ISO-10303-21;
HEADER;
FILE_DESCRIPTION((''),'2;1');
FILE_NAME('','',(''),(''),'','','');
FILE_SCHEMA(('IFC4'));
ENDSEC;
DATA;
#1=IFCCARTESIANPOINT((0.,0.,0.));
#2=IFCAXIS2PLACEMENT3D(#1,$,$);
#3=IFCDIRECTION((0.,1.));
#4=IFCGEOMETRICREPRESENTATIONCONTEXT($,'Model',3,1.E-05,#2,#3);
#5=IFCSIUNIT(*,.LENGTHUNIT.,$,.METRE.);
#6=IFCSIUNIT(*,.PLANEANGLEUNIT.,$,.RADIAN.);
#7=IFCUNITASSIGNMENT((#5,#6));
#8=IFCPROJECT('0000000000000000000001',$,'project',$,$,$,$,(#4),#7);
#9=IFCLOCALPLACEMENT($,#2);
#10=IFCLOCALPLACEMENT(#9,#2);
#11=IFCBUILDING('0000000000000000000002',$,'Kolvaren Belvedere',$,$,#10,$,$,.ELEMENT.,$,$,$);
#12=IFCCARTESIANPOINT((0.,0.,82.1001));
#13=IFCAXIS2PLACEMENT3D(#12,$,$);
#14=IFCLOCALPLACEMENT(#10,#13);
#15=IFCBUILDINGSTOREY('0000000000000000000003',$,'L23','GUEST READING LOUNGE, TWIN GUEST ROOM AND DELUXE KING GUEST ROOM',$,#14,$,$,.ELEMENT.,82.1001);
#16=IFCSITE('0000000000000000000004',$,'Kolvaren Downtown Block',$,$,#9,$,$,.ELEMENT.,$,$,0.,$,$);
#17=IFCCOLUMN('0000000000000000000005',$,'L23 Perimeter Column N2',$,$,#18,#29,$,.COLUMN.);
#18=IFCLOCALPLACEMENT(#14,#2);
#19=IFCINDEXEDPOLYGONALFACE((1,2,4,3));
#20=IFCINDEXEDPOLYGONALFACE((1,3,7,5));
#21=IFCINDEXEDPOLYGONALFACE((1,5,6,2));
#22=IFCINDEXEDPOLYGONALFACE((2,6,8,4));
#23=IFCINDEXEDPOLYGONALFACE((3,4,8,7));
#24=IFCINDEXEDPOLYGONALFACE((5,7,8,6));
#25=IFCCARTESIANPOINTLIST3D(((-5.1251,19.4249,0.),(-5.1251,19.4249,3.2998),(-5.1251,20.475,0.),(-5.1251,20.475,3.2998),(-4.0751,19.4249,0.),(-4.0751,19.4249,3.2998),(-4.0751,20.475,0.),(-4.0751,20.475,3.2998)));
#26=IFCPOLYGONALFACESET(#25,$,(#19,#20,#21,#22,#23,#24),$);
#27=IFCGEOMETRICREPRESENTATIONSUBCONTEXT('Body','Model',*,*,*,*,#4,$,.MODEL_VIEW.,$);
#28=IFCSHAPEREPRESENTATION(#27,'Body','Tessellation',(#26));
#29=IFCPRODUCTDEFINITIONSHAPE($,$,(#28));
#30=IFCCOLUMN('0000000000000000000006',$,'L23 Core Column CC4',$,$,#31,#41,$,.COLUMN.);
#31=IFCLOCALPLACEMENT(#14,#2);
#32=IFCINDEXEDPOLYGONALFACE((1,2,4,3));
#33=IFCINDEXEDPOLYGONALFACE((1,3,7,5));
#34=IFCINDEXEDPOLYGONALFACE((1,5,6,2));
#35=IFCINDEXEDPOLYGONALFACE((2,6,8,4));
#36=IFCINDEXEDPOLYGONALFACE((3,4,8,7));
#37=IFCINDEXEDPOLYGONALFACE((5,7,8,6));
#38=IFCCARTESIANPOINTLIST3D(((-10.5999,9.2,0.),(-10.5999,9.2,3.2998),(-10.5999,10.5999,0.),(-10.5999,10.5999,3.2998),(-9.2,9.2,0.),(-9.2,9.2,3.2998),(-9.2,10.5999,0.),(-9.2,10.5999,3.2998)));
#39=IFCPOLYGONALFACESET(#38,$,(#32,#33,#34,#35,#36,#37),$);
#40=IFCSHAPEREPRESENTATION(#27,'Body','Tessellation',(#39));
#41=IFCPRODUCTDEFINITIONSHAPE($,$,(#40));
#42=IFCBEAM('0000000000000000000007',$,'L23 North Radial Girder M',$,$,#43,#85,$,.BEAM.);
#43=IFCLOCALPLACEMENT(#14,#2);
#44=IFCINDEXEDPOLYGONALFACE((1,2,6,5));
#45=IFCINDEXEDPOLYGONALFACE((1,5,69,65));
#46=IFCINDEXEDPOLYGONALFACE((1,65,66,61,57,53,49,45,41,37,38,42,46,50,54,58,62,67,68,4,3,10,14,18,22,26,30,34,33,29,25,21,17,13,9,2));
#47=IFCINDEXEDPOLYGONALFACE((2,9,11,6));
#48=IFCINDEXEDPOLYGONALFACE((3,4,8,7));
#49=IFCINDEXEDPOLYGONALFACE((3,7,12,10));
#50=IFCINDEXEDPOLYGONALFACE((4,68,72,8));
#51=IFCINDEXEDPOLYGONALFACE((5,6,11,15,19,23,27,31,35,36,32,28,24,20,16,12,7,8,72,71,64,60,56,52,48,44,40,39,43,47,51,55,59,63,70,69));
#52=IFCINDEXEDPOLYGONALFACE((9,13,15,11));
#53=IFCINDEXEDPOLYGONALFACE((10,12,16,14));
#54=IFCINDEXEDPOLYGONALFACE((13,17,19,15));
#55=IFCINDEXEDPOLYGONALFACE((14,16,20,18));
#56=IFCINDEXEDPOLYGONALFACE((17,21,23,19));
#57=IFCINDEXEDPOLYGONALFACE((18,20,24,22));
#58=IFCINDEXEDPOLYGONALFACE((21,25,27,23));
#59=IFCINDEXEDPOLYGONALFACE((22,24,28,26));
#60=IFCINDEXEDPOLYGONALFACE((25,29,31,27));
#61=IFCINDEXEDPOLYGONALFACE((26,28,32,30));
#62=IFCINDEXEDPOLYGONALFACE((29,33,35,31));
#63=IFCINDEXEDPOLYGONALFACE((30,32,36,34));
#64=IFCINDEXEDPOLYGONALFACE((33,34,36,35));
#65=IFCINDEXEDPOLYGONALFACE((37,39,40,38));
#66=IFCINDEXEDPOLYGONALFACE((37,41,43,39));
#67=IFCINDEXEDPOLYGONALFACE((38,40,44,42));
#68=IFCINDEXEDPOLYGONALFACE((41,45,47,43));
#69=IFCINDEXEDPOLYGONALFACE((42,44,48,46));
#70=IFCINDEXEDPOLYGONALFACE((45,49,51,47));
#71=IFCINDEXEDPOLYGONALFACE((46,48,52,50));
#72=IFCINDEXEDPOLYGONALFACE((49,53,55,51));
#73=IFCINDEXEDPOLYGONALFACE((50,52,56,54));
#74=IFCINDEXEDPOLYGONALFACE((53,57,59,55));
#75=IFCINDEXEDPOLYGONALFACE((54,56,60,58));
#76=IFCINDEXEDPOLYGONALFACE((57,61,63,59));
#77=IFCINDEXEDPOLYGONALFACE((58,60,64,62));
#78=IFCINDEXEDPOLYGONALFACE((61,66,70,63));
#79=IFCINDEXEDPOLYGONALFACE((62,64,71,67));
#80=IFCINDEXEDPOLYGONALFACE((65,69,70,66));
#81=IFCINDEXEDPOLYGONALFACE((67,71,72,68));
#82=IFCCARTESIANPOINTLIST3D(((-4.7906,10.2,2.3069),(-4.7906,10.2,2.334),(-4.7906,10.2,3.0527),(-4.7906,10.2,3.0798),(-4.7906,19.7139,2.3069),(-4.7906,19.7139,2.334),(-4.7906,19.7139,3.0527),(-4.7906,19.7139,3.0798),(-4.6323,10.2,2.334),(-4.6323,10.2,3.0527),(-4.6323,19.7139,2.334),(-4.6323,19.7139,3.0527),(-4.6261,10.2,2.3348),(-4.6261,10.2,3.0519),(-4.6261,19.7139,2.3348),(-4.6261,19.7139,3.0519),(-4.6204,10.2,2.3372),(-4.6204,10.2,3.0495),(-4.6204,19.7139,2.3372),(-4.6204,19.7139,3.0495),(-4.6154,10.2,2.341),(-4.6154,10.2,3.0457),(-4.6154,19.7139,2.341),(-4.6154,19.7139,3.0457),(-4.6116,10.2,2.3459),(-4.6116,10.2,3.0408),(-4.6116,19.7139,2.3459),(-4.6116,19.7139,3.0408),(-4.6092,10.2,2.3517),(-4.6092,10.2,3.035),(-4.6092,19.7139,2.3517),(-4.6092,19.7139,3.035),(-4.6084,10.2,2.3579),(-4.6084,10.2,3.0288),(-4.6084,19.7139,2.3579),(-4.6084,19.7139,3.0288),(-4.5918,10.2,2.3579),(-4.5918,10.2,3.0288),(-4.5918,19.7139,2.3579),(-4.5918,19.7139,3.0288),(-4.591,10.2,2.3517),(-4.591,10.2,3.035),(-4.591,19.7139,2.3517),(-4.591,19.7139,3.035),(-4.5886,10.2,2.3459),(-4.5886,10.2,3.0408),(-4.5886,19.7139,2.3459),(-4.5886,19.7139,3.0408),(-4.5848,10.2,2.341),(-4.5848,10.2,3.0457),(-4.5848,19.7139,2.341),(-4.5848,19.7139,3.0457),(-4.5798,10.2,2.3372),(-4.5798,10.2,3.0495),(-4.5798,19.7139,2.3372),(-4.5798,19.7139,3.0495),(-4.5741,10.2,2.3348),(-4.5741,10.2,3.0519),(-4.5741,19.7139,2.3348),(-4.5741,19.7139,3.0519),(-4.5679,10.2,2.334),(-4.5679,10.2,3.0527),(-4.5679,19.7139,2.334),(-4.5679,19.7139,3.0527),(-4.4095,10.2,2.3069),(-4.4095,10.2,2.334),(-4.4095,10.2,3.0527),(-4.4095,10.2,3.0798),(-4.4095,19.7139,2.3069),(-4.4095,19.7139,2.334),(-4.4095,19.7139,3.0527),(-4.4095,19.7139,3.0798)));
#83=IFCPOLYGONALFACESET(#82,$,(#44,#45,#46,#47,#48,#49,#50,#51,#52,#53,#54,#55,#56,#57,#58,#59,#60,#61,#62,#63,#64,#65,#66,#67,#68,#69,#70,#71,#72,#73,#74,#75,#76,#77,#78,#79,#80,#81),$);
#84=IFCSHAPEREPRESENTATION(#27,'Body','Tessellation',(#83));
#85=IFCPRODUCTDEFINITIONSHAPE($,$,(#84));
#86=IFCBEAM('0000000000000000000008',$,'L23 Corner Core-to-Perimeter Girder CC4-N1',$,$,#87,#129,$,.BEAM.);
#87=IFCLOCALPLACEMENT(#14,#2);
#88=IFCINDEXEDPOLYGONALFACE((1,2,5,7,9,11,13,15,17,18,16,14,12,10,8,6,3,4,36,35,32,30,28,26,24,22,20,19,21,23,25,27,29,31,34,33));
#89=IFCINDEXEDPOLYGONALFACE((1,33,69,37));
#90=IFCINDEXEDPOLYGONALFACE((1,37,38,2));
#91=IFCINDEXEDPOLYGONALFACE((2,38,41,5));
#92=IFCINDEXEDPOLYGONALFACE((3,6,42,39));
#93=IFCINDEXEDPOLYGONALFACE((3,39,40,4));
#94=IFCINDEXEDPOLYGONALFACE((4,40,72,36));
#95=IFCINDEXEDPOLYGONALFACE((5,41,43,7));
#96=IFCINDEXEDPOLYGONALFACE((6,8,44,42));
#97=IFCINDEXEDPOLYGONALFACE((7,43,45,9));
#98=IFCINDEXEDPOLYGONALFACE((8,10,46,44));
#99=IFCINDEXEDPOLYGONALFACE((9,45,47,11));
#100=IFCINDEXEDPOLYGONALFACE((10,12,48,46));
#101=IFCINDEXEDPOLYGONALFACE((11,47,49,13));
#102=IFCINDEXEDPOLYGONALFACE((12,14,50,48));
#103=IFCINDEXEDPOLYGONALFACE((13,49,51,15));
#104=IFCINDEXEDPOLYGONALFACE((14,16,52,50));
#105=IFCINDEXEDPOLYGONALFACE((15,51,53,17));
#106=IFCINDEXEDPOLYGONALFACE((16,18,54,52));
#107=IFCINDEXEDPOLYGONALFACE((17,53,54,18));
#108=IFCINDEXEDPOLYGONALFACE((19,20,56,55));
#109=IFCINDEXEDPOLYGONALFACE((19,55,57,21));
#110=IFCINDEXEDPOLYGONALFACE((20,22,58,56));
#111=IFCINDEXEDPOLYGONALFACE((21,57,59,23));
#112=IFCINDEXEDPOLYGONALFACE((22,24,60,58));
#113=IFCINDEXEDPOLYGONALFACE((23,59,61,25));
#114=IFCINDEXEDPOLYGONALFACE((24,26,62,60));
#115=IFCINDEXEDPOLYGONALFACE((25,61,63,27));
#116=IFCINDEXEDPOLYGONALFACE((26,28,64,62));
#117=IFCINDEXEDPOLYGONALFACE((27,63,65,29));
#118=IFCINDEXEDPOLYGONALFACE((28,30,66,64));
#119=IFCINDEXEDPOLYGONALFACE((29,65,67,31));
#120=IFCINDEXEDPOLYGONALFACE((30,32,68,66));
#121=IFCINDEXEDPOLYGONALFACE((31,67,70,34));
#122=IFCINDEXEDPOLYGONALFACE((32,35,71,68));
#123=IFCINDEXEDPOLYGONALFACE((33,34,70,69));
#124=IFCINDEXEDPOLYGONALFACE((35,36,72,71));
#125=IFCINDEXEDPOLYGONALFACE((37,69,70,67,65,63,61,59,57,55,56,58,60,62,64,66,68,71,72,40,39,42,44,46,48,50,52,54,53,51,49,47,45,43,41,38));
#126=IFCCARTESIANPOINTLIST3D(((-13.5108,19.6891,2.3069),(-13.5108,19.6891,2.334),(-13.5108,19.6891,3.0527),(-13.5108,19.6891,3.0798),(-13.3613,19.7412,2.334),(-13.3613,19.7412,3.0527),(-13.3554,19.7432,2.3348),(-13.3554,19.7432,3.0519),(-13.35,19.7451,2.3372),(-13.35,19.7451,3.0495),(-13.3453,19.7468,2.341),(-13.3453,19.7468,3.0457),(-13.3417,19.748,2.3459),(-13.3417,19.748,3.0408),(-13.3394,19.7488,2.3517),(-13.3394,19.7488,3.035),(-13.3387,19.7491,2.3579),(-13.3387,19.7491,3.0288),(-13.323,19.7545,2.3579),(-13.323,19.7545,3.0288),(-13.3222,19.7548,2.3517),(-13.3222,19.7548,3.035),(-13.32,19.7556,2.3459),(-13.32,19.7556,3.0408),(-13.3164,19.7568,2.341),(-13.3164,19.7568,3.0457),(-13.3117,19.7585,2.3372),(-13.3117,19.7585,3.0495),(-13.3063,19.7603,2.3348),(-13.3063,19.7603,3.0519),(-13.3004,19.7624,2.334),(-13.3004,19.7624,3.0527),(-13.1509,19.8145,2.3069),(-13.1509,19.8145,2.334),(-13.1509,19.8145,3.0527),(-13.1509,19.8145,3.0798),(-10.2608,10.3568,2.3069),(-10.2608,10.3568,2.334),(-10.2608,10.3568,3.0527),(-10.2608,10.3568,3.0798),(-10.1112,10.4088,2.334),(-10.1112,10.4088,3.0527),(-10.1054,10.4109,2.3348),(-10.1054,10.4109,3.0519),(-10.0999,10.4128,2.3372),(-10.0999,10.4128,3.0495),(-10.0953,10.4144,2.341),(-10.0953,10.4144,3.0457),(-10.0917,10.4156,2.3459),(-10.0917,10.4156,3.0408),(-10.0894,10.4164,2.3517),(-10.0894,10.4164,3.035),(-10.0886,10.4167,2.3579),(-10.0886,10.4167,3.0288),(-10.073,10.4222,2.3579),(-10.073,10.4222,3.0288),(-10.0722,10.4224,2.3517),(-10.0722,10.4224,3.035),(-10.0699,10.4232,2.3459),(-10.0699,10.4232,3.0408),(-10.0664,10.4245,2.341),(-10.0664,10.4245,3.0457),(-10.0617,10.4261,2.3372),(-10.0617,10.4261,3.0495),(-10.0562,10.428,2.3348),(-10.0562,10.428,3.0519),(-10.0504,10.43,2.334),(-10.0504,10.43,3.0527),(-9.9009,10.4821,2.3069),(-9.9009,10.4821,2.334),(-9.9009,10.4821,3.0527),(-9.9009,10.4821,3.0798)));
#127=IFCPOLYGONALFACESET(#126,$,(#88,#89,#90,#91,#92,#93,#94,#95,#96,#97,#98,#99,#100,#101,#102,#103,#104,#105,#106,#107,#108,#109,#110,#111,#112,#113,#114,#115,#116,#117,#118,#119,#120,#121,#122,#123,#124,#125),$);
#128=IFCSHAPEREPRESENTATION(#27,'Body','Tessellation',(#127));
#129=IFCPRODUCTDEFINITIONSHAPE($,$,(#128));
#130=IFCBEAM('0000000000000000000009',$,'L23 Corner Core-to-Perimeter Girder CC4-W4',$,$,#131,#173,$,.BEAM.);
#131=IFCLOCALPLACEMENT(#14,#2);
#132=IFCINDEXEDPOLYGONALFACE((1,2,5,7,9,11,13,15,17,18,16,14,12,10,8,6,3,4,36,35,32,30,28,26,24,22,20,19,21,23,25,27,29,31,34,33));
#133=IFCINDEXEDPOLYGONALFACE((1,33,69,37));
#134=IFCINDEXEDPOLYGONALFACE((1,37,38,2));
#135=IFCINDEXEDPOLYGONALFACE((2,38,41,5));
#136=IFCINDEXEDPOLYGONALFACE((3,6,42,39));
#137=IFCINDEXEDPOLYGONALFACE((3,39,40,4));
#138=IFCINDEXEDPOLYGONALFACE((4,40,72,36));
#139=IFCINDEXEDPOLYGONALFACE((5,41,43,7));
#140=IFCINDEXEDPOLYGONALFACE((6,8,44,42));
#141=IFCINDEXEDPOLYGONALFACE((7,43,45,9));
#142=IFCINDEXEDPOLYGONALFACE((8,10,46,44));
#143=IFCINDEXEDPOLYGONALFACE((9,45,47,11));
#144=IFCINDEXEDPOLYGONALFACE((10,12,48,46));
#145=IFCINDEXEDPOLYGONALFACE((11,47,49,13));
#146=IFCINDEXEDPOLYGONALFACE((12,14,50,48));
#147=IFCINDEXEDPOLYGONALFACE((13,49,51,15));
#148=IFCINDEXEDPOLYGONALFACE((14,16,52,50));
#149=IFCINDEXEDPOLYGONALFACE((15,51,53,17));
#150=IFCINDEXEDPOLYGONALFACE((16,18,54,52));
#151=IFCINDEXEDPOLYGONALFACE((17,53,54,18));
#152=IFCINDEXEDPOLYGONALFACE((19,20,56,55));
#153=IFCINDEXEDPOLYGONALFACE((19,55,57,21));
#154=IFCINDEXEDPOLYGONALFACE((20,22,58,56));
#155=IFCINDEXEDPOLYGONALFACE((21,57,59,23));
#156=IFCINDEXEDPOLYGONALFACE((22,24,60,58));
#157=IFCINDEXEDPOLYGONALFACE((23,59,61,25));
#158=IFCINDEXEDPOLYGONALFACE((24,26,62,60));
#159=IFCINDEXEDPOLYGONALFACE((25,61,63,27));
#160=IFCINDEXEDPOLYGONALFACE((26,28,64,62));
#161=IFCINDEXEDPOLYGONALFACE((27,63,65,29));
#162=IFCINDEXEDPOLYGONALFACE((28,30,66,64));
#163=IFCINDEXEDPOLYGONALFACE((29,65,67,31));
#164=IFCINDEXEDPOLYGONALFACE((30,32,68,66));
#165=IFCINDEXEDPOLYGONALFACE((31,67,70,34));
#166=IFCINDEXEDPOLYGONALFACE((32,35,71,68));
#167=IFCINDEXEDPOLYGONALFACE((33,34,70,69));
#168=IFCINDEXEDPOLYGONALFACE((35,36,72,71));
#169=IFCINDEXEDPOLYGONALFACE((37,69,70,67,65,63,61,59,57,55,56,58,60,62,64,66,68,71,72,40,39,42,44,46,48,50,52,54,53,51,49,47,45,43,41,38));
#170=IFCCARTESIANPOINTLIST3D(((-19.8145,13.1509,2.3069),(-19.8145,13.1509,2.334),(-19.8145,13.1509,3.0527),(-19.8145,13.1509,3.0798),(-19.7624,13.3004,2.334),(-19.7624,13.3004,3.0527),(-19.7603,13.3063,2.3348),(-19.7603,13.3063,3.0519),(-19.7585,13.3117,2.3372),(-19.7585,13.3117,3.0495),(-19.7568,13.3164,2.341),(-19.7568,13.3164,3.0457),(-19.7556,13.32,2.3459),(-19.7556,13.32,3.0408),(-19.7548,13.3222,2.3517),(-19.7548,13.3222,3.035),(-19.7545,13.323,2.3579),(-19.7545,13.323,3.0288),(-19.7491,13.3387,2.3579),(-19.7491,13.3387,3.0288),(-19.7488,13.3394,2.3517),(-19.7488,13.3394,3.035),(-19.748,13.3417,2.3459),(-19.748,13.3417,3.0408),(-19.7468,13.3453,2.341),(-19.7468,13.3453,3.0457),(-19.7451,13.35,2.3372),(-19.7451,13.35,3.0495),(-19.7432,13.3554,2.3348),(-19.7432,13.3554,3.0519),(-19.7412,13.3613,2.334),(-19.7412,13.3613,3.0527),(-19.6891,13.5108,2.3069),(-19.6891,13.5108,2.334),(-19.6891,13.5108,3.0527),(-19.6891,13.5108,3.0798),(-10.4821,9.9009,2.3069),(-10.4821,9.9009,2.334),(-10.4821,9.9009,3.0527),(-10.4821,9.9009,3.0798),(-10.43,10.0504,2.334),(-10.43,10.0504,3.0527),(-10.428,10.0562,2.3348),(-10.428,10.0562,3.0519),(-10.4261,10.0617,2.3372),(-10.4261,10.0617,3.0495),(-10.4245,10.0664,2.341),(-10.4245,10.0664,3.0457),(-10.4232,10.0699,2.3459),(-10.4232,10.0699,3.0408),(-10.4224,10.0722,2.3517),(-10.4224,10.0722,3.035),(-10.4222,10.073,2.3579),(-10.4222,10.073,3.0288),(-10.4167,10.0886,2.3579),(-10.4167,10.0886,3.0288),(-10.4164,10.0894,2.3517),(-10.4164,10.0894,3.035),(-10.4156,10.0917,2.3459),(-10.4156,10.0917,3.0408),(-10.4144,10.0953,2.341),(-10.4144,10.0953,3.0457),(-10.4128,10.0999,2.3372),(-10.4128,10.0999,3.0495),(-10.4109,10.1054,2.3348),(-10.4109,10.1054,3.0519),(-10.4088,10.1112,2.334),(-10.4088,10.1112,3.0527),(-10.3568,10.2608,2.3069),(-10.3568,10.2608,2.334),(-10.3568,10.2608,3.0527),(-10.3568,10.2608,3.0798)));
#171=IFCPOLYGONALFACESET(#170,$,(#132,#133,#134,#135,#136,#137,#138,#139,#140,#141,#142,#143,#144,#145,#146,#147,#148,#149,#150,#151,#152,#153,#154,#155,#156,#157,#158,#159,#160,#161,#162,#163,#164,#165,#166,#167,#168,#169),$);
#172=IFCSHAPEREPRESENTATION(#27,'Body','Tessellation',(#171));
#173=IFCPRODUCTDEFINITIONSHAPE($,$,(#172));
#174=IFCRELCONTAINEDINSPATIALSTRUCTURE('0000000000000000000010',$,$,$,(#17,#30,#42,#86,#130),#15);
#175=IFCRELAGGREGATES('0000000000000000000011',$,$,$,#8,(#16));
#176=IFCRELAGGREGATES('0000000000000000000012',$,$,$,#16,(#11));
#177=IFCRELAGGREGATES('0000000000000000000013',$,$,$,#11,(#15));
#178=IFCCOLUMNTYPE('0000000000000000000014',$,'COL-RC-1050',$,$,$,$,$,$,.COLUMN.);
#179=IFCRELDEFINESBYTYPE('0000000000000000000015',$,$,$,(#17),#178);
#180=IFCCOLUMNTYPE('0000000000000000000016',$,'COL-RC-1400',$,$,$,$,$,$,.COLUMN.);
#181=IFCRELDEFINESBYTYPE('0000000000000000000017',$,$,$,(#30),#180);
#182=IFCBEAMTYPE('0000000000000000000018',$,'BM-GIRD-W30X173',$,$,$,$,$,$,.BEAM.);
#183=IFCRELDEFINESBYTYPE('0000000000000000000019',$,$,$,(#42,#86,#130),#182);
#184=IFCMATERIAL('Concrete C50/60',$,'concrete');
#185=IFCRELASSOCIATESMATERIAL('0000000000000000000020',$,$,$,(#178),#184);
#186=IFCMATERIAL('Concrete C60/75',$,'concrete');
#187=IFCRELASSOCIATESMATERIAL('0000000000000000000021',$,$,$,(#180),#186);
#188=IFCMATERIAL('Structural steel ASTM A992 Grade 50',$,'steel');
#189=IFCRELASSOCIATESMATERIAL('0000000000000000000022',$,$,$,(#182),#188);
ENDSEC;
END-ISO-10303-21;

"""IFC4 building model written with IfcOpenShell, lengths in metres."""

from ifc_helpers import new_model, si_unit, direction, frame, origin, origin_2d, place, context, subcontext, project, spatial, rectangle, i_section, extrude, material, material_profile, profile_set, type_object, element, save


model = new_model("IFC4")

# Units and contexts
model_context = context("Model", 3, precision=1e-05, world=origin(), true_north=direction((0.0, 1.0)))
body_context = subcontext(model_context, "Body", "Model", "MODEL_VIEW")
ifc_project = project(units=[si_unit("LENGTHUNIT", "METRE"), si_unit("PLANEANGLEUNIT", "RADIAN")], contexts=[model_context])

# Site, building, storey
site_placement = place(None, origin())
site = spatial("IfcSite", under=ifc_project, at=site_placement, Name="Kolvaren Downtown Block", CompositionType="ELEMENT", RefElevation=0.0)
building_placement = place(site_placement, origin())
building = spatial("IfcBuilding", under=site, at=building_placement, Name="Kolvaren Belvedere", CompositionType="ELEMENT")
storey_placement = place(building_placement, frame((0.0, 0.0, 82.1001)))
storey = spatial("IfcBuildingStorey", under=building, at=storey_placement, Name="L23", Description="GUEST READING LOUNGE, TWIN GUEST ROOM AND DELUXE KING GUEST ROOM", CompositionType="ELEMENT", Elevation=82.1001)

# Columns
ifc_material_1 = material(Name="Concrete C50/60", Category="concrete")
ifc_material_profile_1 = material_profile(ifc_material_1, rectangle(XDim=1.05, YDim=1.05, at=origin_2d()), Name="RC 1050X1050")
ifc_profile_set_1 = profile_set([ifc_material_profile_1], Name="Concrete C50/60")
column_type_1 = type_object("IfcColumnType", Name="COL-RC-1050", PredefinedType="COLUMN", material=ifc_profile_set_1)
column_1_placement = place(storey_placement, frame((-4.6001, 19.95, 0.0), z_axis=(0.0, 0.0, 1.0), x_axis=(1.0, 0.0, 0.0)))
element("IfcColumn", 1, at=column_1_placement, inside=storey, type_object=column_type_1, Name="L23 Perimeter Column N2", PredefinedType="COLUMN", context=body_context, shape_type="SweptSolid", body=[
    extrude(rectangle(XDim=1.05, YDim=1.05, at=origin_2d()), origin(), (0.0, 0.0, 1.0), 3.2998),
])
ifc_material_2 = material(Name="Concrete C60/75", Category="concrete")
ifc_material_profile_2 = material_profile(ifc_material_2, rectangle(XDim=1.3999, YDim=1.3999, at=origin_2d()), Name="RC 1400X1400")
ifc_profile_set_2 = profile_set([ifc_material_profile_2], Name="Concrete C60/75")
column_type_2 = type_object("IfcColumnType", Name="COL-RC-1400", PredefinedType="COLUMN", material=ifc_profile_set_2)
column_2_placement = place(storey_placement, frame((-9.8999, 9.8999, 0.0), z_axis=(0.0, 0.0, 1.0), x_axis=(1.0, 0.0, 0.0)))
element("IfcColumn", 2, at=column_2_placement, inside=storey, type_object=column_type_2, Name="L23 Core Column CC4", PredefinedType="COLUMN", context=body_context, shape_type="SweptSolid", body=[
    extrude(rectangle(XDim=1.3999, YDim=1.3999, at=origin_2d()), origin(), (0.0, 0.0, 1.0), 3.2998),
])

# Beams
ifc_material_3 = material(Name="Structural steel ASTM A992 Grade 50", Category="steel")
ifc_material_profile_3 = material_profile(ifc_material_3, i_section(OverallWidth=0.3811, OverallDepth=0.7729, WebThickness=0.0166, FlangeThickness=0.0271, FilletRadius=0.0239, at=origin_2d()), Name="W30X173")
ifc_profile_set_3 = profile_set([ifc_material_profile_3], Name="Structural steel ASTM A992 Grade 50")
beam_type_1 = type_object("IfcBeamType", Name="BM-GIRD-W30X173", PredefinedType="BEAM", material=ifc_profile_set_3)
beam_1_placement = place(storey_placement, frame((-4.6001, 10.2, 2.6934), z_axis=(0.0, 1.0, 0.0), x_axis=(-1.0, 0.0, 0.0)))
element("IfcBeam", 3, at=beam_1_placement, inside=storey, type_object=beam_type_1, Name="L23 North Radial Girder M", PredefinedType="BEAM", context=body_context, shape_type="SweptSolid", body=[
    extrude(i_section(OverallWidth=0.3811, OverallDepth=0.7729, WebThickness=0.0166, FlangeThickness=0.0271, FilletRadius=0.0239, at=origin_2d()), origin(), (0.0, 0.0, 1.0), 9.5139),
])
for number, where, z_axis, x_axis, name in (
    (4, (-10.0808, 10.4194, 2.6934), (-0.328881, 0.944371, 0.0), (-0.944371, -0.328881, 0.0), "L23 Corner Core-to-Perimeter Girder CC4-N1"),
    (5, (-10.4194, 10.0808, 2.6934), (-0.944371, 0.328881, 0.0), (-0.328881, -0.944371, 0.0), "L23 Corner Core-to-Perimeter Girder CC4-W4"),
):
    element("IfcBeam", number, at=place(storey_placement, frame(where, z_axis=z_axis, x_axis=x_axis)), inside=storey, type_object=beam_type_1, Name=name, PredefinedType="BEAM", context=body_context, shape_type="SweptSolid", body=[
        extrude(i_section(OverallWidth=0.3811, OverallDepth=0.7729, WebThickness=0.0166, FlangeThickness=0.0271, FilletRadius=0.0239, at=origin_2d()), origin(), (0.0, 0.0, 1.0), 9.8821),
    ])

save(model, "model.ifc")
